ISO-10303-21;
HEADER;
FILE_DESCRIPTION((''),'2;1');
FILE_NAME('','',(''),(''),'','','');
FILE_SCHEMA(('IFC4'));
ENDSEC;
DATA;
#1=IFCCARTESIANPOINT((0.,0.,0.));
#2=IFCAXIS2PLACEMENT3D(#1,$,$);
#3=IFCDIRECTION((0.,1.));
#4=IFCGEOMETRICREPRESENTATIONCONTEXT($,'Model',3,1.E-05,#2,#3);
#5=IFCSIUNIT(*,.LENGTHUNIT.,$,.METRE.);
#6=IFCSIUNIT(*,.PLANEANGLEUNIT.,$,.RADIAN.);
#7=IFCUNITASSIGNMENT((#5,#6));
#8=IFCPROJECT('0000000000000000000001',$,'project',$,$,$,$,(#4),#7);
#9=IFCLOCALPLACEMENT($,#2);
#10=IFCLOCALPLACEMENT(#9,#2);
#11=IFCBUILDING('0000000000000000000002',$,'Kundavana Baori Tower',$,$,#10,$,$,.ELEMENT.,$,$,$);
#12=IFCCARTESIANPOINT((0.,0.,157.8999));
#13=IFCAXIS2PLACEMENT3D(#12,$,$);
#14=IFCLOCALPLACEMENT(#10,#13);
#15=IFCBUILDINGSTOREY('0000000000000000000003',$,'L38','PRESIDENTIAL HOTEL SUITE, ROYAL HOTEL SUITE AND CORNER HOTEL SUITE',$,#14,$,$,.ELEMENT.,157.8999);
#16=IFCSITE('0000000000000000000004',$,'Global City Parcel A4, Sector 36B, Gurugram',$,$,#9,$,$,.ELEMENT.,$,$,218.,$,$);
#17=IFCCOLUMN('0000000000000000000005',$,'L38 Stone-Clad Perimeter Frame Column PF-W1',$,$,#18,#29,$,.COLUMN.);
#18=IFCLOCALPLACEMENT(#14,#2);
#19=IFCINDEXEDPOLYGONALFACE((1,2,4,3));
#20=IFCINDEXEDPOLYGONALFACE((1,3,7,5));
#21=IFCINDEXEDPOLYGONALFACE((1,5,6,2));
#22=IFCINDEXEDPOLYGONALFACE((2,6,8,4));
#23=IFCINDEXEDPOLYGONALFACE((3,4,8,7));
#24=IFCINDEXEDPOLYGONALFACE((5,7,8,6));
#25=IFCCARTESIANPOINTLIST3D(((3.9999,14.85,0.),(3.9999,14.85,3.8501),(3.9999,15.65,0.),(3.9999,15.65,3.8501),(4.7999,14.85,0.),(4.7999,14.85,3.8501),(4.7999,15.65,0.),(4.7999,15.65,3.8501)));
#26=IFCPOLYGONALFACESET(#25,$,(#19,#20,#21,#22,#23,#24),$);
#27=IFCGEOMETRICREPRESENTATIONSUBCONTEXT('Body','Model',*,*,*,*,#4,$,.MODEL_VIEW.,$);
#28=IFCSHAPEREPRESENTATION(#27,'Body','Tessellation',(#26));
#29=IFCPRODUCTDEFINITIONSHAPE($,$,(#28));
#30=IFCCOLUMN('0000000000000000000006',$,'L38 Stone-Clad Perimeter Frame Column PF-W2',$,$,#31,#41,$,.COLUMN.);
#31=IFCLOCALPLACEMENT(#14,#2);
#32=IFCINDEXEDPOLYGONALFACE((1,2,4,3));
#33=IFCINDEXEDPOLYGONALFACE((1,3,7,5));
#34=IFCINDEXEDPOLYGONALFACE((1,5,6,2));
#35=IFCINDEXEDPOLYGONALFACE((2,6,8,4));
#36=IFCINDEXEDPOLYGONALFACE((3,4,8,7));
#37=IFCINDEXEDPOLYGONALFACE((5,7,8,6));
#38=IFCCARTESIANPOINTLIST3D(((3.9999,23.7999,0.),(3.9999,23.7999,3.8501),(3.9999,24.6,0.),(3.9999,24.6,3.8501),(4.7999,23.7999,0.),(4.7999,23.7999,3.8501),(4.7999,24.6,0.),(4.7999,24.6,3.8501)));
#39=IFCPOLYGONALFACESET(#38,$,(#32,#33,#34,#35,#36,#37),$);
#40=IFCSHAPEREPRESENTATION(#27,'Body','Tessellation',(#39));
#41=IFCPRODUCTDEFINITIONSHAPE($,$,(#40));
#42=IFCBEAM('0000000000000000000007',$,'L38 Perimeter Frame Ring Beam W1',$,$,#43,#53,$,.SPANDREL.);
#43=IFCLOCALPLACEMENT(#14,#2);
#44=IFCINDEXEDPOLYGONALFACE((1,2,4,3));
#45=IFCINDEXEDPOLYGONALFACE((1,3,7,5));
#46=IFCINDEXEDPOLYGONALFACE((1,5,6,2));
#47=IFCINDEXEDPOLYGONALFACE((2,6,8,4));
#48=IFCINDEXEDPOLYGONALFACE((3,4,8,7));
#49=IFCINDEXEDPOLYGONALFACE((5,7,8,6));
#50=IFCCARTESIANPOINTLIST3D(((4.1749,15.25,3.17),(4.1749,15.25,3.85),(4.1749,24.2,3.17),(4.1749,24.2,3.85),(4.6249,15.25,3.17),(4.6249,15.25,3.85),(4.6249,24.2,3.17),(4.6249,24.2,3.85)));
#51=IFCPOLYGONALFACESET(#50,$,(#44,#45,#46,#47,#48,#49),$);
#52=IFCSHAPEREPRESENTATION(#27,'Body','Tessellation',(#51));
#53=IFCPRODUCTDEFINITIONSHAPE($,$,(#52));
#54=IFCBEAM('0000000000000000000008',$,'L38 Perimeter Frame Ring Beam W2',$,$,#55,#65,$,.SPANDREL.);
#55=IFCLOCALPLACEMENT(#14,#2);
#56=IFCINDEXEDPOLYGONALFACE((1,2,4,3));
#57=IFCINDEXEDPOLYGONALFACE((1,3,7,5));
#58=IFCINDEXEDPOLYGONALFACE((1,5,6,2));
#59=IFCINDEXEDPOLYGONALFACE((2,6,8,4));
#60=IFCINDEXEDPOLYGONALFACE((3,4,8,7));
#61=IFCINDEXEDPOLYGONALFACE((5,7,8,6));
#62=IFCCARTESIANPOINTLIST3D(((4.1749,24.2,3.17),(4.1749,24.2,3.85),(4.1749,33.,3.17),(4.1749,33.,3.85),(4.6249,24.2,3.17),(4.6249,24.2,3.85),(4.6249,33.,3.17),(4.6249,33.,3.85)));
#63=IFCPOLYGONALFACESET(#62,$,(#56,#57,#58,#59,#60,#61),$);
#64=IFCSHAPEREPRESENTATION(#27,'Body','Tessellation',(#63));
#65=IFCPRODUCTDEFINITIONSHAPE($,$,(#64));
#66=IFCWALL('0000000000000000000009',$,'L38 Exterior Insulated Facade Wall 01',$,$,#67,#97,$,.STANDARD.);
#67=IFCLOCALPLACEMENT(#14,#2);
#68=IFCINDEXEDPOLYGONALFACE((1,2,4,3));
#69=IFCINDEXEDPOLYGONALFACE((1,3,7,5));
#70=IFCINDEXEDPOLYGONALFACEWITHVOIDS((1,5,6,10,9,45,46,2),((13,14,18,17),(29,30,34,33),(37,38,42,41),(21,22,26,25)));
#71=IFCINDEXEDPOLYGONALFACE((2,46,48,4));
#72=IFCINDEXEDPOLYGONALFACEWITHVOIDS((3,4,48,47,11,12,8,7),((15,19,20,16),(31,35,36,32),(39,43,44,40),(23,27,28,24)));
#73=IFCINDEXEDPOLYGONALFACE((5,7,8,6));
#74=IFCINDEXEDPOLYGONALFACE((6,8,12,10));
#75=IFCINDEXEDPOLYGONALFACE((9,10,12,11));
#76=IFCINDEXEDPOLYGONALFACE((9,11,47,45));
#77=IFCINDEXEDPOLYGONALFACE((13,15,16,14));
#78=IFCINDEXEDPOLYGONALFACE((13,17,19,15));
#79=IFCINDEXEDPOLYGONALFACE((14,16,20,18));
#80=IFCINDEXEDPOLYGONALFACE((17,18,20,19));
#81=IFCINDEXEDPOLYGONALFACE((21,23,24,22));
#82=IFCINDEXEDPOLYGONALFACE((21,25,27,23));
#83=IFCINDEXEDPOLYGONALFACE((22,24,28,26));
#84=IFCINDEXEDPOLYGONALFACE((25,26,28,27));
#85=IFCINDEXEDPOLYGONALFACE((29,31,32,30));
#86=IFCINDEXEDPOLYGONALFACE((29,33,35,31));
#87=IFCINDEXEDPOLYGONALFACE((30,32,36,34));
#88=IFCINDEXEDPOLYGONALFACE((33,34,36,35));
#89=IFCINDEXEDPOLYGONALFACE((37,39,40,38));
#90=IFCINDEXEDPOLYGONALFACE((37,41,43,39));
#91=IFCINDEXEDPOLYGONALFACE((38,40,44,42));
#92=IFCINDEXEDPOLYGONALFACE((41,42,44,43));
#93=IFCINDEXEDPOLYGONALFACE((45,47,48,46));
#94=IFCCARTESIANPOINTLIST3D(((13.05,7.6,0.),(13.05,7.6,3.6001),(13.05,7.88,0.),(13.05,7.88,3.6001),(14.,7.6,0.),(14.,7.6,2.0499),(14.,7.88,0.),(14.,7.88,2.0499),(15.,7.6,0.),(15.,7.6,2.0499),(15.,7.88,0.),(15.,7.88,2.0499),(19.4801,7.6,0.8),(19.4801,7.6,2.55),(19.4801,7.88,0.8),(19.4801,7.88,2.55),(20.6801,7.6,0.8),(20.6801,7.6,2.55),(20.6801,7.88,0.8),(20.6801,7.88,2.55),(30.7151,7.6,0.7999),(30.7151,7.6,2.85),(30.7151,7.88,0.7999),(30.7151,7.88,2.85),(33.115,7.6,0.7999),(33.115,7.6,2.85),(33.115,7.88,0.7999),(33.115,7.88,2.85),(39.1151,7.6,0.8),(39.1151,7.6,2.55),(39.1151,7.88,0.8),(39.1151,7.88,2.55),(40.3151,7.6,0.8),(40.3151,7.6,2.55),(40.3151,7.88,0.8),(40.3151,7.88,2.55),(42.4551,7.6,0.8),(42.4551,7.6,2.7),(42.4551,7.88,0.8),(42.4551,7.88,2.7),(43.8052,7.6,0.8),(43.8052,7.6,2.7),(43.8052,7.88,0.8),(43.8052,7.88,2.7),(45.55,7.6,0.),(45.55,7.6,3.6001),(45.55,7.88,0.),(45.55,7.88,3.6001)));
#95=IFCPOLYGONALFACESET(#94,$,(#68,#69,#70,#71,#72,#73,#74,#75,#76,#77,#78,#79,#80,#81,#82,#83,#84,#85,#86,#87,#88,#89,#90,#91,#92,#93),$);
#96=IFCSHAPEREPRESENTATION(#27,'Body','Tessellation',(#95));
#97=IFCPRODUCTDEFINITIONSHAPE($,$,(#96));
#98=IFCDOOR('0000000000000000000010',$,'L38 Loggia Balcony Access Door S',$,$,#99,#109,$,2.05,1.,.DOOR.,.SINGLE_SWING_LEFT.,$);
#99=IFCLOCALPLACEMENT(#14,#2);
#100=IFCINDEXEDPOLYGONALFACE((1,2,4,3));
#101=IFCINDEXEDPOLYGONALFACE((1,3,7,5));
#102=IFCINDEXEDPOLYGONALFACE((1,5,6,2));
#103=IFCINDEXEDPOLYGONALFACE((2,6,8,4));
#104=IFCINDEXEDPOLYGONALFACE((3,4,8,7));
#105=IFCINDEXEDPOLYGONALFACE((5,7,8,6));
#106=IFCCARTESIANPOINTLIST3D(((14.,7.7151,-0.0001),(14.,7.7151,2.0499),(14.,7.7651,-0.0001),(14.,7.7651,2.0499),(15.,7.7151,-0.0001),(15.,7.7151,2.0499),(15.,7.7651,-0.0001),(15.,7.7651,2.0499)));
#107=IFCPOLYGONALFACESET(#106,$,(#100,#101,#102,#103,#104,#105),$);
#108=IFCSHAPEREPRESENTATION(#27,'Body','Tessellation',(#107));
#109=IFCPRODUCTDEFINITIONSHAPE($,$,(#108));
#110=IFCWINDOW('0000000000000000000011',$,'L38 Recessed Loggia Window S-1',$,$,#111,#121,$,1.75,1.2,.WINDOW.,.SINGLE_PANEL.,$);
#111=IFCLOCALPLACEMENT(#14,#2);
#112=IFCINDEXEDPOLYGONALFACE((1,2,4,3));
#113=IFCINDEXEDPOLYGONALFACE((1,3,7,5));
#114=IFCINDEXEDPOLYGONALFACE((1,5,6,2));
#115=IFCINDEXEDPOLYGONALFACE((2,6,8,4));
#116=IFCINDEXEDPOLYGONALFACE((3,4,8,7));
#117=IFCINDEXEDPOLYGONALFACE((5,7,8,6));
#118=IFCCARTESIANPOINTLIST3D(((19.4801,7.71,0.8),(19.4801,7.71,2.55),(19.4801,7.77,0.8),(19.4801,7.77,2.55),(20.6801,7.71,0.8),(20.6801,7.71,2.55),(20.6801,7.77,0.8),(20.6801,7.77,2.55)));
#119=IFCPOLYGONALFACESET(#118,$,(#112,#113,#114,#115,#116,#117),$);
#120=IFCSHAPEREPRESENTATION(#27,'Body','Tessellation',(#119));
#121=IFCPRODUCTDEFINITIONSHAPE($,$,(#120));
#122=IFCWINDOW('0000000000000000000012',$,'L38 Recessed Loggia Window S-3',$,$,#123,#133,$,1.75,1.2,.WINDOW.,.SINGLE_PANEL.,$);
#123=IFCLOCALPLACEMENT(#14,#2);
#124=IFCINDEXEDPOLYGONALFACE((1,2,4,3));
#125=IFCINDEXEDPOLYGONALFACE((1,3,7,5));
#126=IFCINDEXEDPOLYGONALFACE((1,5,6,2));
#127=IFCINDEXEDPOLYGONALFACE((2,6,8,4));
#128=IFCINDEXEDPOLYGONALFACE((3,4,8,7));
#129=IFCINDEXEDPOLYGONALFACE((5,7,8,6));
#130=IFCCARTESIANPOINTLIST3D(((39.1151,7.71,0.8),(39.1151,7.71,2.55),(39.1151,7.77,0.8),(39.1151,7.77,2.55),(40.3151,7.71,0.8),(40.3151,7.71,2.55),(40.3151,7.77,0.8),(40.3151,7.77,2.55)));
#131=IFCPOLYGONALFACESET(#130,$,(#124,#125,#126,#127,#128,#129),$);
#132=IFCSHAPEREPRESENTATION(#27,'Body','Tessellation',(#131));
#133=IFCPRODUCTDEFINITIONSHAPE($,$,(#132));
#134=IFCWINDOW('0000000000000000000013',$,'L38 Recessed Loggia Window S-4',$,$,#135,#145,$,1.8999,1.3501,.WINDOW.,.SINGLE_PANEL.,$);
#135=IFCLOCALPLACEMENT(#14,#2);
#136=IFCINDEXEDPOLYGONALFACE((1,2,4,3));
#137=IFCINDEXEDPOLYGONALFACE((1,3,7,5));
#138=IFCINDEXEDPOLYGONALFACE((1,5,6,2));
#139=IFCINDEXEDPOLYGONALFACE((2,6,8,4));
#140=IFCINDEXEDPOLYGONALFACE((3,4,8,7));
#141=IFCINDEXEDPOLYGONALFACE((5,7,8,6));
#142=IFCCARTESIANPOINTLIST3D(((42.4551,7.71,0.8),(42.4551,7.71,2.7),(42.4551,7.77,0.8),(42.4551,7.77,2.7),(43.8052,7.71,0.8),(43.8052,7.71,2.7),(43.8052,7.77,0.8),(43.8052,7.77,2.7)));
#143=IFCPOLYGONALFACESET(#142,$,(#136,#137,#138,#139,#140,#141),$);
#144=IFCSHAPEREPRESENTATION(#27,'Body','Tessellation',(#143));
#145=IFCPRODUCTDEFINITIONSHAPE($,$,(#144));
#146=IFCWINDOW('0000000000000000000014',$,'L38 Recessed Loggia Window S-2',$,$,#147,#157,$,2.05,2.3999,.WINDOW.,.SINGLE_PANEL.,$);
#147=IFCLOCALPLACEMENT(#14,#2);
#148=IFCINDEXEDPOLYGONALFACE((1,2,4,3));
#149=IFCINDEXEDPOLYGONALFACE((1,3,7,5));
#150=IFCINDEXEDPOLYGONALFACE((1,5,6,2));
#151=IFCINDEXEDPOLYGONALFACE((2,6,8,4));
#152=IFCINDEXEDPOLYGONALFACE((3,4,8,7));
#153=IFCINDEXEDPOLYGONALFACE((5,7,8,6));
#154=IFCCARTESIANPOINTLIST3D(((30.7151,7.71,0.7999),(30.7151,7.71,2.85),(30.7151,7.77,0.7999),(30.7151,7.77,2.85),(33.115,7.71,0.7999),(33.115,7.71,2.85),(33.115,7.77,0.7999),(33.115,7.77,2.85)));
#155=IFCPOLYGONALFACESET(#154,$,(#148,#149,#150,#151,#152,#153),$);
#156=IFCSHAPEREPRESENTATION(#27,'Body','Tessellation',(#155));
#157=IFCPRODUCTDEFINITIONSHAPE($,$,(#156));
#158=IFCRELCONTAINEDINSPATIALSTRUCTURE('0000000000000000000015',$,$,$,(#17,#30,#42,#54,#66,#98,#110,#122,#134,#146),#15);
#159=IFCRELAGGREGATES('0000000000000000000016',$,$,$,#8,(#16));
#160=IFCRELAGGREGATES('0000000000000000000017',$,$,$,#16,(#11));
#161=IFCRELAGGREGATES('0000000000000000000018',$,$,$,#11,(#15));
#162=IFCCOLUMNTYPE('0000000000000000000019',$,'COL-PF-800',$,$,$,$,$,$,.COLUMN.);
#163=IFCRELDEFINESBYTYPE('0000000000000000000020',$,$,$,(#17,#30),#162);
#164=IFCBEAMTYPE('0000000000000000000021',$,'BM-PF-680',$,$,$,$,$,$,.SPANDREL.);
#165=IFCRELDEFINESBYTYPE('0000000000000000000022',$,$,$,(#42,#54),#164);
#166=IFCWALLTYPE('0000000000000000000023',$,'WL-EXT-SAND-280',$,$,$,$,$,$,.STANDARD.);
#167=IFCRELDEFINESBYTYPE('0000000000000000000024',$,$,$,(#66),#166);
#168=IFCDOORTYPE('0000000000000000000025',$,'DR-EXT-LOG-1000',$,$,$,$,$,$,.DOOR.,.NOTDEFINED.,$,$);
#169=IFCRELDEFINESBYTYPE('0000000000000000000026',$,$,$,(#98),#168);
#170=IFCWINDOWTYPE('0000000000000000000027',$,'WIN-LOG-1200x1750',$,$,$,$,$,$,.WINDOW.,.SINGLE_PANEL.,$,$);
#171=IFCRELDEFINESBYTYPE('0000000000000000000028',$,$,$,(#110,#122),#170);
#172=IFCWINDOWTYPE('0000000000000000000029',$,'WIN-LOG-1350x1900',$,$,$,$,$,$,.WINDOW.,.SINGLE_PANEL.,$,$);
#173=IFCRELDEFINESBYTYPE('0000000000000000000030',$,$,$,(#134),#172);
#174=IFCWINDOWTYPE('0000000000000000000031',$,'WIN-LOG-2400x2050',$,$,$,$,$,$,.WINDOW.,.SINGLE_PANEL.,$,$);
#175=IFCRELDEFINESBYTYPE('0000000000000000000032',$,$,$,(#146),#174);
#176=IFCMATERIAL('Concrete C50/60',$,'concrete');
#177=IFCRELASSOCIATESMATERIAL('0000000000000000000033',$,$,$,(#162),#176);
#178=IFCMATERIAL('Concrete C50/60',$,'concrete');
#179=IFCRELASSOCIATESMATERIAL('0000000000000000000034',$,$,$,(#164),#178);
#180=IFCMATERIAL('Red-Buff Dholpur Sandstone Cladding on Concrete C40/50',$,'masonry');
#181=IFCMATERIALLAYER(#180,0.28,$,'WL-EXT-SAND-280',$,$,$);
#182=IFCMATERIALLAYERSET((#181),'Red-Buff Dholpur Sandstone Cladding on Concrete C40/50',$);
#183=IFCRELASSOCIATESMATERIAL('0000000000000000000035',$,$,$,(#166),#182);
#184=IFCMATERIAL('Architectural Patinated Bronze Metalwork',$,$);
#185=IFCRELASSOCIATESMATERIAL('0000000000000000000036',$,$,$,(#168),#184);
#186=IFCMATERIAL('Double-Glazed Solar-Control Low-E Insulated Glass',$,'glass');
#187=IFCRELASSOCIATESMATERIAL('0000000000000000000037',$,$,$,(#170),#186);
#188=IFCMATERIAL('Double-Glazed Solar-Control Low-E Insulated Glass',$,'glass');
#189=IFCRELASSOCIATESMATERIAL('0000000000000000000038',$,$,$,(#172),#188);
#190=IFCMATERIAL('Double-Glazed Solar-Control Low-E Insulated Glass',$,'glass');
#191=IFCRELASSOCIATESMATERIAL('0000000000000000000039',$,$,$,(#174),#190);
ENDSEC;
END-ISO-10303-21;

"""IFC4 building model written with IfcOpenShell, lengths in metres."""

from ifc_helpers import new_model, si_unit, direction, frame, frame_2d, origin, origin_2d, place, context, subcontext, project, spatial, rectangle, extrude, material, layer, layer_set, material_profile, profile_set, type_object, element, fill, save


model = new_model("IFC4")

# Units and contexts
model_context = context("Model", 3, precision=1e-05, world=origin(), true_north=direction((0.0, 1.0)))
body_context = subcontext(model_context, "Body", "Model", "MODEL_VIEW")
ifc_project = project(units=[si_unit("LENGTHUNIT", "METRE"), si_unit("PLANEANGLEUNIT", "RADIAN")], contexts=[model_context])

# Site, building, storey
site_placement = place(None, origin())
site = spatial("IfcSite", under=ifc_project, at=site_placement, Name="Global City Parcel A4, Sector 36B, Gurugram", CompositionType="ELEMENT", RefElevation=218.0)
building_placement = place(site_placement, origin())
building = spatial("IfcBuilding", under=site, at=building_placement, Name="Kundavana Baori Tower", CompositionType="ELEMENT")
storey_placement = place(building_placement, frame((0.0, 0.0, 157.8999)))
storey = spatial("IfcBuildingStorey", under=building, at=storey_placement, Name="L38", Description="PRESIDENTIAL HOTEL SUITE, ROYAL HOTEL SUITE AND CORNER HOTEL SUITE", CompositionType="ELEMENT", Elevation=157.8999)

# Columns
ifc_material_1 = material(Name="Concrete C50/60", Category="concrete")
ifc_material_profile_1 = material_profile(ifc_material_1, rectangle(XDim=0.8, YDim=0.8, at=origin_2d()), Name="RC PF 800x800")
ifc_profile_set_1 = profile_set([ifc_material_profile_1], Name="Concrete C50/60")
column_type = type_object("IfcColumnType", Name="COL-PF-800", PredefinedType="COLUMN", material=ifc_profile_set_1)
for number, where, z_axis, x_axis, name in (
    (1, (4.3999, 15.25, 0.0), (0.0, 0.0, 1.0), (1.0, 0.0, 0.0), "L38 Stone-Clad Perimeter Frame Column PF-W1"),
    (2, (4.3999, 24.2, 0.0), (0.0, 0.0, 1.0), (1.0, 0.0, 0.0), "L38 Stone-Clad Perimeter Frame Column PF-W2"),
):
    element("IfcColumn", number, at=place(storey_placement, frame(where, z_axis=z_axis, x_axis=x_axis)), inside=storey, type_object=column_type, Name=name, PredefinedType="COLUMN", context=body_context, shape_type="SweptSolid", body=[
        extrude(rectangle(XDim=0.8, YDim=0.8, at=origin_2d()), origin(), (0.0, 0.0, 1.0), 3.8501),
    ])

# Beams
ifc_material_2 = material(Name="Concrete C50/60", Category="concrete")
ifc_material_profile_2 = material_profile(ifc_material_2, rectangle(XDim=0.45, YDim=0.6799, at=origin_2d()), Name="RC BM 450x680")
ifc_profile_set_2 = profile_set([ifc_material_profile_2], Name="Concrete C50/60")
beam_type = type_object("IfcBeamType", Name="BM-PF-680", PredefinedType="SPANDREL", material=ifc_profile_set_2)
beam_1_placement = place(storey_placement, frame((4.3999, 15.25, 3.51), z_axis=(0.0, 1.0, 0.0), x_axis=(-1.0, 0.0, 0.0)))
element("IfcBeam", 3, at=beam_1_placement, inside=storey, type_object=beam_type, Name="L38 Perimeter Frame Ring Beam W1", PredefinedType="SPANDREL", context=body_context, shape_type="SweptSolid", body=[
    extrude(rectangle(XDim=0.45, YDim=0.6799, at=origin_2d()), origin(), (0.0, 0.0, 1.0), 8.95),
])
beam_2_placement = place(storey_placement, frame((4.3999, 24.2, 3.51), z_axis=(0.0, 1.0, 0.0), x_axis=(-1.0, 0.0, 0.0)))
element("IfcBeam", 4, at=beam_2_placement, inside=storey, type_object=beam_type, Name="L38 Perimeter Frame Ring Beam W2", PredefinedType="SPANDREL", context=body_context, shape_type="SweptSolid", body=[
    extrude(rectangle(XDim=0.45, YDim=0.6799, at=origin_2d()), origin(), (0.0, 0.0, 1.0), 8.8),
])

# Wall, openings, door, windows
ifc_material_3 = material(Name="Red-Buff Dholpur Sandstone Cladding on Concrete C40/50", Category="masonry")
ifc_layer_1 = layer(ifc_material_3, 0.28, Name="WL-EXT-SAND-280")
ifc_layer_set_1 = layer_set([ifc_layer_1], Name="Red-Buff Dholpur Sandstone Cladding on Concrete C40/50")
wall_type_1 = type_object("IfcWallType", Name="WL-EXT-SAND-280", PredefinedType="STANDARD", material=ifc_layer_set_1)
wall_1_placement = place(storey_placement, frame((13.05, 7.74, 0.0), z_axis=(0.0, 0.0, 1.0), x_axis=(1.0, 0.0, 0.0)))
wall_1 = element("IfcWall", 5, at=wall_1_placement, inside=storey, type_object=wall_type_1, Name="L38 Exterior Insulated Facade Wall 01", PredefinedType="STANDARD", context=body_context, shape_type="SweptSolid", body=[
    extrude(rectangle(XDim=32.5, YDim=0.28, at=frame_2d((16.25, 0.0))), origin(), (0.0, 0.0, 1.0), 3.6001),
])
opening_1_placement = place(wall_1_placement, frame((0.95, 0.0, 0.0)))
opening_1 = element("IfcOpeningElement", 6, at=opening_1_placement, cuts=wall_1, PredefinedType="OPENING", context=body_context, shape_type="SweptSolid", body=[
    extrude(rectangle(XDim=1.0, YDim=2.05, at=frame_2d((0.5, 1.0249))), frame((0.0, 0.1499, 0.0), z_axis=(0.0, -1.0, 0.0), x_axis=(1.0, 0.0, 0.0)), (0.0, 0.0, 1.0), 0.3),
])
opening_2_placement = place(wall_1_placement, frame((6.4299, 0.0, 0.8)))
opening_2 = element("IfcOpeningElement", 7, at=opening_2_placement, cuts=wall_1, PredefinedType="OPENING", context=body_context, shape_type="SweptSolid", body=[
    extrude(rectangle(XDim=1.2, YDim=1.75, at=frame_2d((0.6001, 0.875))), frame((0.0, 0.1499, 0.0), z_axis=(0.0, -1.0, 0.0), x_axis=(1.0, 0.0, 0.0)), (0.0, 0.0, 1.0), 0.3),
])
opening_3_placement = place(wall_1_placement, frame((17.665, 0.0, 0.8)))
opening_3 = element("IfcOpeningElement", 8, at=opening_3_placement, cuts=wall_1, PredefinedType="OPENING", context=body_context, shape_type="SweptSolid", body=[
    extrude(rectangle(XDim=2.3999, YDim=2.05, at=frame_2d((1.2, 1.0249))), frame((0.0, 0.1499, 0.0), z_axis=(0.0, -1.0, 0.0), x_axis=(1.0, 0.0, 0.0)), (0.0, 0.0, 1.0), 0.3),
])
opening_4_placement = place(wall_1_placement, frame((26.0649, 0.0, 0.8)))
opening_4 = element("IfcOpeningElement", 9, at=opening_4_placement, cuts=wall_1, PredefinedType="OPENING", context=body_context, shape_type="SweptSolid", body=[
    extrude(rectangle(XDim=1.2, YDim=1.75, at=frame_2d((0.6001, 0.875))), frame((0.0, 0.1499, 0.0), z_axis=(0.0, -1.0, 0.0), x_axis=(1.0, 0.0, 0.0)), (0.0, 0.0, 1.0), 0.3),
])
opening_5_placement = place(wall_1_placement, frame((29.405, 0.0, 0.8)))
opening_5 = element("IfcOpeningElement", 10, at=opening_5_placement, cuts=wall_1, PredefinedType="OPENING", context=body_context, shape_type="SweptSolid", body=[
    extrude(rectangle(XDim=1.3501, YDim=1.8999, at=frame_2d((0.675, 0.95))), frame((0.0, 0.1499, 0.0), z_axis=(0.0, -1.0, 0.0), x_axis=(1.0, 0.0, 0.0)), (0.0, 0.0, 1.0), 0.3),
])
ifc_material_4 = material(Name="Architectural Patinated Bronze Metalwork")
door_type_1 = type_object("IfcDoorType", Name="DR-EXT-LOG-1000", OperationType="NOTDEFINED", PredefinedType="DOOR", material=ifc_material_4)
door_1_placement = place(opening_1_placement, frame((1.0, 0.0, 0.0), z_axis=(0.0, 0.0, 1.0), x_axis=(-1.0, 0.0, 0.0)))
door_1 = element("IfcDoor", 11, at=door_1_placement, inside=storey, type_object=door_type_1, Name="L38 Loggia Balcony Access Door S", OperationType="SINGLE_SWING_LEFT", OverallHeight=2.05, OverallWidth=1.0, PredefinedType="DOOR", context=body_context, shape_type="SweptSolid", body=[
    extrude(rectangle(XDim=1.0, YDim=2.05, at=frame_2d((0.5, 1.0249))), frame((0.0, 0.0249, 0.0), z_axis=(0.0, -1.0, 0.0), x_axis=(1.0, 0.0, 0.0)), (0.0, 0.0, 1.0), 0.05),
])
fill(opening_1, door_1)
ifc_material_5 = material(Name="Double-Glazed Solar-Control Low-E Insulated Glass", Category="glass")
window_type_1 = type_object("IfcWindowType", Name="WIN-LOG-1200x1750", PartitioningType="SINGLE_PANEL", PredefinedType="WINDOW", material=ifc_material_5)
window_1_placement = place(opening_2_placement, origin())
window_1 = element("IfcWindow", 12, at=window_1_placement, inside=storey, type_object=window_type_1, Name="L38 Recessed Loggia Window S-1", OverallHeight=1.75, OverallWidth=1.2, PartitioningType="SINGLE_PANEL", PredefinedType="WINDOW", context=body_context, shape_type="SweptSolid", body=[
    extrude(rectangle(XDim=1.2, YDim=1.75, at=frame_2d((0.6001, 0.875))), frame((0.0, 0.03, 0.0), z_axis=(0.0, -1.0, 0.0), x_axis=(1.0, 0.0, 0.0)), (0.0, 0.0, 1.0), 0.0601),
])
fill(opening_2, window_1)
window_2_placement = place(opening_4_placement, origin())
window_2 = element("IfcWindow", 13, at=window_2_placement, inside=storey, type_object=window_type_1, Name="L38 Recessed Loggia Window S-3", OverallHeight=1.75, OverallWidth=1.2, PartitioningType="SINGLE_PANEL", PredefinedType="WINDOW", context=body_context, shape_type="SweptSolid", body=[
    extrude(rectangle(XDim=1.2, YDim=1.75, at=frame_2d((0.6001, 0.875))), frame((0.0, 0.03, 0.0), z_axis=(0.0, -1.0, 0.0), x_axis=(1.0, 0.0, 0.0)), (0.0, 0.0, 1.0), 0.0601),
])
fill(opening_4, window_2)
ifc_material_6 = material(Name="Double-Glazed Solar-Control Low-E Insulated Glass", Category="glass")
window_type_2 = type_object("IfcWindowType", Name="WIN-LOG-1350x1900", PartitioningType="SINGLE_PANEL", PredefinedType="WINDOW", material=ifc_material_6)
window_3_placement = place(opening_5_placement, origin())
window_3 = element("IfcWindow", 14, at=window_3_placement, inside=storey, type_object=window_type_2, Name="L38 Recessed Loggia Window S-4", OverallHeight=1.8999, OverallWidth=1.3501, PartitioningType="SINGLE_PANEL", PredefinedType="WINDOW", context=body_context, shape_type="SweptSolid", body=[
    extrude(rectangle(XDim=1.3501, YDim=1.8999, at=frame_2d((0.675, 0.95))), frame((0.0, 0.03, 0.0), z_axis=(0.0, -1.0, 0.0), x_axis=(1.0, 0.0, 0.0)), (0.0, 0.0, 1.0), 0.0601),
])
fill(opening_5, window_3)
ifc_material_7 = material(Name="Double-Glazed Solar-Control Low-E Insulated Glass", Category="glass")
window_type_3 = type_object("IfcWindowType", Name="WIN-LOG-2400x2050", PartitioningType="SINGLE_PANEL", PredefinedType="WINDOW", material=ifc_material_7)
window_4_placement = place(opening_3_placement, origin())
window_4 = element("IfcWindow", 15, at=window_4_placement, inside=storey, type_object=window_type_3, Name="L38 Recessed Loggia Window S-2", OverallHeight=2.05, OverallWidth=2.3999, PartitioningType="SINGLE_PANEL", PredefinedType="WINDOW", context=body_context, shape_type="SweptSolid", body=[
    extrude(rectangle(XDim=2.3999, YDim=2.05, at=frame_2d((1.2, 1.0249))), frame((0.0, 0.03, 0.0), z_axis=(0.0, -1.0, 0.0), x_axis=(1.0, 0.0, 0.0)), (0.0, 0.0, 1.0), 0.0601),
])
fill(opening_3, window_4)

save(model, "model.ifc")
